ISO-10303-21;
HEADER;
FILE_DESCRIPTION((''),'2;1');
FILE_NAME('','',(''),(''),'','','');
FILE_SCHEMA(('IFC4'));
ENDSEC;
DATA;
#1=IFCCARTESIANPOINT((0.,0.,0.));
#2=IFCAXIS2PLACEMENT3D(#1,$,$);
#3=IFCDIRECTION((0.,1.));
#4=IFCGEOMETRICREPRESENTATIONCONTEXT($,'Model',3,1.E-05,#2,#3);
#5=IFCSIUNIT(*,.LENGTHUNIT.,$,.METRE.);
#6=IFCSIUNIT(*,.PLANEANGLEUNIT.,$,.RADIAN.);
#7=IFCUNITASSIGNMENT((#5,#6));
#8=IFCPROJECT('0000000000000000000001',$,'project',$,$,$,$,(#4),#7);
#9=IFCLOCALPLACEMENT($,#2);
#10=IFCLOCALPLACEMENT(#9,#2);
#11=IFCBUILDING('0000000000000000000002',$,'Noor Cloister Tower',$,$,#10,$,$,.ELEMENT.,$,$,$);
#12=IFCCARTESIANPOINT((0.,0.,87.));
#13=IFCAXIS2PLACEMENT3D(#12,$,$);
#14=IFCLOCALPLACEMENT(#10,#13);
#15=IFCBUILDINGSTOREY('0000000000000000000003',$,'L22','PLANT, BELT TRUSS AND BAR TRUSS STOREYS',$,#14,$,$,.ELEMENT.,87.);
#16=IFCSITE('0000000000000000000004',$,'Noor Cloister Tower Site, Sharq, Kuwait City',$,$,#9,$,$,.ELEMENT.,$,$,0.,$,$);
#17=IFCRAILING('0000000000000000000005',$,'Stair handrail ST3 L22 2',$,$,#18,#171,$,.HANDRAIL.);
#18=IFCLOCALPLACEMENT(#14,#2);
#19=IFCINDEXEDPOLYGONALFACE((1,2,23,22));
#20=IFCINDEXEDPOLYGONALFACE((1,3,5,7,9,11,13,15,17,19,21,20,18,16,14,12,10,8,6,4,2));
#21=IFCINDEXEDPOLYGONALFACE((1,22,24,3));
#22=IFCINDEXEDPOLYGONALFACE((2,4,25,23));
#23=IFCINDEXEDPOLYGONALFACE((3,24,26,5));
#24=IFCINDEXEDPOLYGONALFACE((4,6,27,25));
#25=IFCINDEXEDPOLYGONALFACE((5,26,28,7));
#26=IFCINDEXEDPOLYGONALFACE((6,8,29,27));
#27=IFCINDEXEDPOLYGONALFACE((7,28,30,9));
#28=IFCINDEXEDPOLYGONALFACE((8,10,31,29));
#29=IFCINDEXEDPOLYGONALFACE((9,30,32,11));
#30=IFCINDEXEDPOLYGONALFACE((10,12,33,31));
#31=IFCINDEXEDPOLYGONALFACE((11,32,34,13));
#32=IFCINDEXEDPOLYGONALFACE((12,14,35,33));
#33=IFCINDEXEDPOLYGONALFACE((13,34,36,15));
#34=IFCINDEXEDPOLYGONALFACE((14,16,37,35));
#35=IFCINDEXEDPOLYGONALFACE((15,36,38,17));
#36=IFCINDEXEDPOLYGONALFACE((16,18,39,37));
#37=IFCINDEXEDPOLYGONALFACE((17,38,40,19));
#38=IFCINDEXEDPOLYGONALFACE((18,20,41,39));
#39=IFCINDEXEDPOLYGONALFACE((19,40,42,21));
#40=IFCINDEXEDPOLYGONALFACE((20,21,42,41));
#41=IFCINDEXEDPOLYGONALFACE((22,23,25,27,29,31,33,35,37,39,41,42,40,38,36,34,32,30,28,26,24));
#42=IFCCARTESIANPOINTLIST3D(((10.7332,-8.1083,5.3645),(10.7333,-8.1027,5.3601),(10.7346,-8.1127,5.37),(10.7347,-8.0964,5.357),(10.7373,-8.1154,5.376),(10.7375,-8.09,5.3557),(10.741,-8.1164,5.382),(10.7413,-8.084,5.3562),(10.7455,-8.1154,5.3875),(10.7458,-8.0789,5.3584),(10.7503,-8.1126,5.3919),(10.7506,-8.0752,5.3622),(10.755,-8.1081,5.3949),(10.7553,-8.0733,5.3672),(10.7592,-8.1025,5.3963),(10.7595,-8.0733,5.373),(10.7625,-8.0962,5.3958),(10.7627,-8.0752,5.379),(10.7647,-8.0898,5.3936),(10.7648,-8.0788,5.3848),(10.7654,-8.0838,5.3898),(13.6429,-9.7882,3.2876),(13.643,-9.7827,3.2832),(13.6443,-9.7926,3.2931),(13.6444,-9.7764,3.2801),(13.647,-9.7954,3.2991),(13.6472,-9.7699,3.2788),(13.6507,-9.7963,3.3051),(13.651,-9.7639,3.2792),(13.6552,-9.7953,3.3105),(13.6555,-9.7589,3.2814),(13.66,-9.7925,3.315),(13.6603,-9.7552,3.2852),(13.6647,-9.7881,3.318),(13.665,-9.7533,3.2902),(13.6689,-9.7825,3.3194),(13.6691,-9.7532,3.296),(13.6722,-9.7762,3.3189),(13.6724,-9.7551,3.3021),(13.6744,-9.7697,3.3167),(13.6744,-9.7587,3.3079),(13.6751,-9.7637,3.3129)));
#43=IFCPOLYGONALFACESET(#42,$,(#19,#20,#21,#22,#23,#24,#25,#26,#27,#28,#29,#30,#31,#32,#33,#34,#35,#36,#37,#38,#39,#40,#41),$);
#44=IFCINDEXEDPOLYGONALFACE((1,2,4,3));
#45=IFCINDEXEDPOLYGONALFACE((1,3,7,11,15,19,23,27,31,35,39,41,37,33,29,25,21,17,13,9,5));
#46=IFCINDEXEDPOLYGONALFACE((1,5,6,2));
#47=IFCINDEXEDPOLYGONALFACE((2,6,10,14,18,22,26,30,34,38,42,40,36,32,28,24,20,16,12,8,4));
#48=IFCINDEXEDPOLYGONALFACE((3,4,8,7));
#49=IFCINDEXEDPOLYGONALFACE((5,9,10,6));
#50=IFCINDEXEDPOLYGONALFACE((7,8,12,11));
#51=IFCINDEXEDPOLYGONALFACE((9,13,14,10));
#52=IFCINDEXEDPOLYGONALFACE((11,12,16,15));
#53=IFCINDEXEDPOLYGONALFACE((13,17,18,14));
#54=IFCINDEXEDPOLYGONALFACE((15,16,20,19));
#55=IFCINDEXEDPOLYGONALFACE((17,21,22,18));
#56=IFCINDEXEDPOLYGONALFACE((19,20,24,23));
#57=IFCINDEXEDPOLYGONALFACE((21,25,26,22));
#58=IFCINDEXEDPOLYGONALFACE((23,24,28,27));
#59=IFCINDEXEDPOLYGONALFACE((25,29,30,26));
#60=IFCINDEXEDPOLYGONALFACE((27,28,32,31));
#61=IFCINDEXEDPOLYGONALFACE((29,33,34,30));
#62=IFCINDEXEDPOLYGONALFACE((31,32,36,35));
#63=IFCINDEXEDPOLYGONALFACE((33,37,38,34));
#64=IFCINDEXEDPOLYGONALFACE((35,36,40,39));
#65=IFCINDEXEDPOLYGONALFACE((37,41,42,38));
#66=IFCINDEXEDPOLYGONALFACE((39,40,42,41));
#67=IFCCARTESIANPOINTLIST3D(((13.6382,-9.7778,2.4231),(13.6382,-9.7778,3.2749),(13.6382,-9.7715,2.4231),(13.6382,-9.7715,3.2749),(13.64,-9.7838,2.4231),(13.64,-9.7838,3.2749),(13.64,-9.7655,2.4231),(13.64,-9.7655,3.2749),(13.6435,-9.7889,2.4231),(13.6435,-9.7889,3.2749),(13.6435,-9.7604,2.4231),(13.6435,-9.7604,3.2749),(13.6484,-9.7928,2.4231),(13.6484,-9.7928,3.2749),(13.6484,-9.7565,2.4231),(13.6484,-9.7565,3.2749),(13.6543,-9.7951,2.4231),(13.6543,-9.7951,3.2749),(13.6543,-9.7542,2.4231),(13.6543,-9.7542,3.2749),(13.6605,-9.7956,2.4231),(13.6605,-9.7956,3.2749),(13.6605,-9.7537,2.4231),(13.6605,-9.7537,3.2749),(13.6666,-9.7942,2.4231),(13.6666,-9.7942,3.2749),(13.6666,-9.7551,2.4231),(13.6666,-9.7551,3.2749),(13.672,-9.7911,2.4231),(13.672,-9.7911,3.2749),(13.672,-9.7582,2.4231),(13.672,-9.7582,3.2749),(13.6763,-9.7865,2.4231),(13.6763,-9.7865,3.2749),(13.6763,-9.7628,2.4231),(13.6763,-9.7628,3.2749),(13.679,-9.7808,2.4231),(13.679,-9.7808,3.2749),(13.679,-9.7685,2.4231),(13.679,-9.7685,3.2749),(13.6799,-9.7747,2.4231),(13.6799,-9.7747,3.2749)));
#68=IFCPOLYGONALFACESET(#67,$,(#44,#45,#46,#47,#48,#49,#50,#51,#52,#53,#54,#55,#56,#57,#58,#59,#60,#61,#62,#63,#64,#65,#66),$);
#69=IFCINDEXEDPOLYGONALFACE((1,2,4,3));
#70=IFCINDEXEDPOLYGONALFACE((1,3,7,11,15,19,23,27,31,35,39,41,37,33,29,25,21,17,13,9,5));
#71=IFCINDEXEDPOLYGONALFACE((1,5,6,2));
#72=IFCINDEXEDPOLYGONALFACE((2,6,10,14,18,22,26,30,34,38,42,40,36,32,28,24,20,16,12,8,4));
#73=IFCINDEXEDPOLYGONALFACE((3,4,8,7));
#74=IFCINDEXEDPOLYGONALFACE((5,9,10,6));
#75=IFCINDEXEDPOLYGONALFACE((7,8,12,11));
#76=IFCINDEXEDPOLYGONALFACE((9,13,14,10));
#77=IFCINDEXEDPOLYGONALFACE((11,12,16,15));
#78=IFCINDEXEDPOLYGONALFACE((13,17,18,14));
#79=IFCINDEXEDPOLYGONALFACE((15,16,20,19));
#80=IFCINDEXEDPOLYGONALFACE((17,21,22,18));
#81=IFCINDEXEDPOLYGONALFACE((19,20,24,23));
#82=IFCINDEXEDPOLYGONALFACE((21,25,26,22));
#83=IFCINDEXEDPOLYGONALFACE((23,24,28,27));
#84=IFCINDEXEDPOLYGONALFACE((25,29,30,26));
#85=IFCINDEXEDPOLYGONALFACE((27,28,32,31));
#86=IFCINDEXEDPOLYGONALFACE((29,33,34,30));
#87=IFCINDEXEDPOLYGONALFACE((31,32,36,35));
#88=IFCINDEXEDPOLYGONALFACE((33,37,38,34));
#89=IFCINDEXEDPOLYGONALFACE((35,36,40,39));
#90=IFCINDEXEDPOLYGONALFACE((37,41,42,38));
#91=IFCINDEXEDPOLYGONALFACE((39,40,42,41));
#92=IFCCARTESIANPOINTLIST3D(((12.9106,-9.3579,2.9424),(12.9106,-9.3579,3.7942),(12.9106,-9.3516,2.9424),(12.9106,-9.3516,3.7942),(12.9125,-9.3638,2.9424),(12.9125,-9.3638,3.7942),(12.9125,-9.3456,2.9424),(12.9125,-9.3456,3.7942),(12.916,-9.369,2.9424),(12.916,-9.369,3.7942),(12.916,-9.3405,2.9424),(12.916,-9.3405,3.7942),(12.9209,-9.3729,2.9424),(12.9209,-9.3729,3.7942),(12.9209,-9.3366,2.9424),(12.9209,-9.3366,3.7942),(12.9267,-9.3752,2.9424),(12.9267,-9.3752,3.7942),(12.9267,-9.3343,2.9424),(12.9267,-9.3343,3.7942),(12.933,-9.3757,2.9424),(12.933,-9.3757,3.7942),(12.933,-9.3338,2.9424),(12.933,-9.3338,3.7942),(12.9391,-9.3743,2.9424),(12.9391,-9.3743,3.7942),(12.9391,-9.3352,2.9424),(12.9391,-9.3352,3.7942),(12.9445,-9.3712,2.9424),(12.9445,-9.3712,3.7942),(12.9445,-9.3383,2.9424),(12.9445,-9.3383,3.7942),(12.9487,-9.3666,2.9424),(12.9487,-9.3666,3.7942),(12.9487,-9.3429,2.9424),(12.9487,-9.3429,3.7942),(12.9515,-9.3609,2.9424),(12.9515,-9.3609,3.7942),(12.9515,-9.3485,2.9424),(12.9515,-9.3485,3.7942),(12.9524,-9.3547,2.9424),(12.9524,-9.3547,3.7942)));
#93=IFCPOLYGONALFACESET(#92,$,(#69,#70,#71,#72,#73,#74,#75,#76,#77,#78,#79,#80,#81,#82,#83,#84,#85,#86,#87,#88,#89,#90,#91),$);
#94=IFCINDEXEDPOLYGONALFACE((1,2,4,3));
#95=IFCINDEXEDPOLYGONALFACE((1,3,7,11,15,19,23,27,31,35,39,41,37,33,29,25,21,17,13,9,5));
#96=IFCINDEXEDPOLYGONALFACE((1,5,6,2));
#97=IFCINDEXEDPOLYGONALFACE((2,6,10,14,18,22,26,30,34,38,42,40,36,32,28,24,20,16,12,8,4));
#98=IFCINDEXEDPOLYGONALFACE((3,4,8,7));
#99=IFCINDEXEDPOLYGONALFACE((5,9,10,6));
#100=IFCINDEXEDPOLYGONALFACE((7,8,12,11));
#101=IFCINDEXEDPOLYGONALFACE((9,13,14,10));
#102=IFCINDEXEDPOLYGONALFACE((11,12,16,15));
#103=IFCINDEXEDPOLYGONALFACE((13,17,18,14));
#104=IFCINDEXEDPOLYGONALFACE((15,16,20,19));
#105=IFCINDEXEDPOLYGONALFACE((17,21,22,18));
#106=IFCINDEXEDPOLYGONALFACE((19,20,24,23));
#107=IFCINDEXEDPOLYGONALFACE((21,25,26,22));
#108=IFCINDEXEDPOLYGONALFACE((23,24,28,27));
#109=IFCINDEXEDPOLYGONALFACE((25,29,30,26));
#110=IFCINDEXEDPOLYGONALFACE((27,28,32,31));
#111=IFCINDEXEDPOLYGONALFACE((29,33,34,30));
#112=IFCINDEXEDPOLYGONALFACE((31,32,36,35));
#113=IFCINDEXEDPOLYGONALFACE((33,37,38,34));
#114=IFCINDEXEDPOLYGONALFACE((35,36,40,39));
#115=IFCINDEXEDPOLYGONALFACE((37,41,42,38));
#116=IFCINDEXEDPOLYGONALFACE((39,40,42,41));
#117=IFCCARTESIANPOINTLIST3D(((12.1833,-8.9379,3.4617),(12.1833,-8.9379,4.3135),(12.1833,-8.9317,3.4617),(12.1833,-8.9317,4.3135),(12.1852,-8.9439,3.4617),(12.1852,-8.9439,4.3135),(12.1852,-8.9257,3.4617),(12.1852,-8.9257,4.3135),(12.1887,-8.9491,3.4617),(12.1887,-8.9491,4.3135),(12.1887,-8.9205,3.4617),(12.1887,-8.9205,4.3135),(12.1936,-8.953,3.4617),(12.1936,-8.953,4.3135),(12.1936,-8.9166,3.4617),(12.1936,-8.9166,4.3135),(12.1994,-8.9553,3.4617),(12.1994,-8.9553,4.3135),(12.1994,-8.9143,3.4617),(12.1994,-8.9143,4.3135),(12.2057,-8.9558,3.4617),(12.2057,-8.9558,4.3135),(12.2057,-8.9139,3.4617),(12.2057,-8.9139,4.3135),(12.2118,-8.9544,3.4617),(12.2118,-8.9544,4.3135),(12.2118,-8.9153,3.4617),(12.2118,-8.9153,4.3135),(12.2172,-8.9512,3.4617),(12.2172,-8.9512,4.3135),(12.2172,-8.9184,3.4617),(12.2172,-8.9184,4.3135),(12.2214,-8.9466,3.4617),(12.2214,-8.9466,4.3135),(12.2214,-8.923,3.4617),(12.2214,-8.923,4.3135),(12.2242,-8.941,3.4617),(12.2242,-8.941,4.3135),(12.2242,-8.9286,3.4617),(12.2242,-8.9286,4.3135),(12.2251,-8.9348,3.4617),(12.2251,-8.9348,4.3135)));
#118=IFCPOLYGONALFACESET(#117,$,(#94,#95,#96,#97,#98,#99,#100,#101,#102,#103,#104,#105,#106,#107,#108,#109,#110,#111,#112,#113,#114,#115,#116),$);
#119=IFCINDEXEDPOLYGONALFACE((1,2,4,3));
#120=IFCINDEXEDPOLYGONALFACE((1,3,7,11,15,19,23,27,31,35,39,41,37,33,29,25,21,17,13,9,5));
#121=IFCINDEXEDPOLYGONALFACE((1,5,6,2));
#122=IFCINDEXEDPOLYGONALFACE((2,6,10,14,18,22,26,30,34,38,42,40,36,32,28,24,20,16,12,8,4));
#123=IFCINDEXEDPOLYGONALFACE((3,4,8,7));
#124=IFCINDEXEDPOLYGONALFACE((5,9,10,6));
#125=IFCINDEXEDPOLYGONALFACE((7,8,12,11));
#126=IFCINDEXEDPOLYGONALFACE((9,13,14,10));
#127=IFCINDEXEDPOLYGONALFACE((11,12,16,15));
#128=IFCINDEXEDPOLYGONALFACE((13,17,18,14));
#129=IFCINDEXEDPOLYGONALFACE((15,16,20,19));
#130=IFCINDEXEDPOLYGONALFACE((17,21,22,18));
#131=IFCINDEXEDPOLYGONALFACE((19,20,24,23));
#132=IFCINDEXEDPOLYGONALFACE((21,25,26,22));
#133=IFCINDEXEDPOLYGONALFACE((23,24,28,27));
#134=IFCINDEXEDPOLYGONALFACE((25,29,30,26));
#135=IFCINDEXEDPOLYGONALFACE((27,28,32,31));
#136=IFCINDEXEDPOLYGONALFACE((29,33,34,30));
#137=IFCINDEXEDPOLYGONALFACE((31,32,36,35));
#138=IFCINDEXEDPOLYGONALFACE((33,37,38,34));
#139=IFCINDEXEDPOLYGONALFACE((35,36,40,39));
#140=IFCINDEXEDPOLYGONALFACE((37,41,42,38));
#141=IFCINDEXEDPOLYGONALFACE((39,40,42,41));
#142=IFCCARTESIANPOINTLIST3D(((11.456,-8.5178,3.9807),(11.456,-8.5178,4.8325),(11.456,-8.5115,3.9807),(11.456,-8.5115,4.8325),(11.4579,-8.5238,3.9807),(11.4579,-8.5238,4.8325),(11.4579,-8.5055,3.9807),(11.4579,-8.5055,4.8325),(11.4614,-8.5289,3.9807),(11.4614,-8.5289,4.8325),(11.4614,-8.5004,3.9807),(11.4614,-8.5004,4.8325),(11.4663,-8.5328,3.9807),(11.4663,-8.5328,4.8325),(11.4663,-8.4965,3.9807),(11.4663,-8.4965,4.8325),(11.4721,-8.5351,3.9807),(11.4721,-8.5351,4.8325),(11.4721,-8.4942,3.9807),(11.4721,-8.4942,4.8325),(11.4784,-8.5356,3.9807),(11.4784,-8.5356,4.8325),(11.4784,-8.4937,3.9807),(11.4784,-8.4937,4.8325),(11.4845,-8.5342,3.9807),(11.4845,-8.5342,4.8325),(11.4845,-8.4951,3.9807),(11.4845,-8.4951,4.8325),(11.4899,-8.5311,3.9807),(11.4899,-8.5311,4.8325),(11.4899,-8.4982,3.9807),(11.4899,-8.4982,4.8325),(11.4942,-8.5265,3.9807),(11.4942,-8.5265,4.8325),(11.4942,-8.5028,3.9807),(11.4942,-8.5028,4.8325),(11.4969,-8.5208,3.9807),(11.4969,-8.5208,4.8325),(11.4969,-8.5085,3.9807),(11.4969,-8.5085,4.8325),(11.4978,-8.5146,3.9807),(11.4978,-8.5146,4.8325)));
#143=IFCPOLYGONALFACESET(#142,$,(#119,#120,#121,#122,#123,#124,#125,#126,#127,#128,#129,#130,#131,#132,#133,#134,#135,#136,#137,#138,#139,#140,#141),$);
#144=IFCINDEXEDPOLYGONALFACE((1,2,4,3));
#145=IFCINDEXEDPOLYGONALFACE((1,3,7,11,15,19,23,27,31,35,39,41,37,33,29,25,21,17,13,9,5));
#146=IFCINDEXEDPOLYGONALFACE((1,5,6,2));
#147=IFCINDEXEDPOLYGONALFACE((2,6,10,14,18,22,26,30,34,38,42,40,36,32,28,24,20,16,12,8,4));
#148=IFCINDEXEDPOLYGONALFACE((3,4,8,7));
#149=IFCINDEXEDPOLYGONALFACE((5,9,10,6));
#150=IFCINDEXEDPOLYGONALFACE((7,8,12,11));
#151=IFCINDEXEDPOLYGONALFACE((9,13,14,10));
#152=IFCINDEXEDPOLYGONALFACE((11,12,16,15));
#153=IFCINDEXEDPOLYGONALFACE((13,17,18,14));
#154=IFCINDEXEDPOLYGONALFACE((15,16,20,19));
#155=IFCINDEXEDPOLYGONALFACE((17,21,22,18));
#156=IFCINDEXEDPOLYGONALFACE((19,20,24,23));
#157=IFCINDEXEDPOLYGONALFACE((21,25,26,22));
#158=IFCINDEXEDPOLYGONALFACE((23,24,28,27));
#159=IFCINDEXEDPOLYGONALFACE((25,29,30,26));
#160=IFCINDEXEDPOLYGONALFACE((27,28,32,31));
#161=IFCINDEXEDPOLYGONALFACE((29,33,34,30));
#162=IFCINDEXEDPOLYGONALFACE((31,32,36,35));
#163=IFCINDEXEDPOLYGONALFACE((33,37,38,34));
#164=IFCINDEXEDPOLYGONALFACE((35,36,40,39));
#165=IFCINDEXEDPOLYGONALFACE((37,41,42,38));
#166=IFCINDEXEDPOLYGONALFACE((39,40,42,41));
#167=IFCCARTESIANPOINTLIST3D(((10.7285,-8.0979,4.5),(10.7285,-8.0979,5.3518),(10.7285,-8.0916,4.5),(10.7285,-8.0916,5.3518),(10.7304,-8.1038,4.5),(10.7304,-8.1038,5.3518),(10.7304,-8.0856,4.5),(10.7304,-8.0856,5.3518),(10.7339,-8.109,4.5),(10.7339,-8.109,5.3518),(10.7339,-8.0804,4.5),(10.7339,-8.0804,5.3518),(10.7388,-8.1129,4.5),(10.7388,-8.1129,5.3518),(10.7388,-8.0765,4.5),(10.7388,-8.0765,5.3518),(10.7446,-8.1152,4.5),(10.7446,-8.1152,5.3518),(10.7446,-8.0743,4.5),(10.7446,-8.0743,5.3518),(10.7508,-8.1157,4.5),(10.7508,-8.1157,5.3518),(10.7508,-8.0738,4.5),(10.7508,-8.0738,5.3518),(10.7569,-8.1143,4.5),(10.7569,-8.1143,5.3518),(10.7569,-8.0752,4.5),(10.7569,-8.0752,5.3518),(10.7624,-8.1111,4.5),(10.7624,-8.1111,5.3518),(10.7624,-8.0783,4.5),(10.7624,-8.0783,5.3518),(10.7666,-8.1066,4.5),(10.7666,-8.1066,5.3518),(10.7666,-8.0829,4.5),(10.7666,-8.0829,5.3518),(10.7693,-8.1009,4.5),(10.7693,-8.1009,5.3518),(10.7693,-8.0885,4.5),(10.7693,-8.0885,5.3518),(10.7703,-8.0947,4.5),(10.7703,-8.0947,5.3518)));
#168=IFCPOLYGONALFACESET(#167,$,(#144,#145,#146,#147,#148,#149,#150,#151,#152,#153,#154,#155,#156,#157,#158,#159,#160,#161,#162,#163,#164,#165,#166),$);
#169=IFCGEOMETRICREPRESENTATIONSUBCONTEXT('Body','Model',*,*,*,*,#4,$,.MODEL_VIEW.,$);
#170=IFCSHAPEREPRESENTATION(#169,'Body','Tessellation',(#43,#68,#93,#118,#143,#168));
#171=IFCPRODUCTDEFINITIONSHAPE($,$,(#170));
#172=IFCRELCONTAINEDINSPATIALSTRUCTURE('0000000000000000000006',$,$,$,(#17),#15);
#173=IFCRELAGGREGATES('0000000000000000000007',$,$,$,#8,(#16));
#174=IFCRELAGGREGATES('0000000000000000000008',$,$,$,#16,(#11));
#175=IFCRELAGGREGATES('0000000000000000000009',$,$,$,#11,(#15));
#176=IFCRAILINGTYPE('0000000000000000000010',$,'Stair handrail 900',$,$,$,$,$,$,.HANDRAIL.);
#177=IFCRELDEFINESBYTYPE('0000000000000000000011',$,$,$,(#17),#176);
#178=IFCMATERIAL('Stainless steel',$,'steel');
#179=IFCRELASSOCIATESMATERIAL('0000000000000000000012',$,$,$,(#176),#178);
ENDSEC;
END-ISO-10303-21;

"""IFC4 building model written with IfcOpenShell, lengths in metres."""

from ifc_helpers import new_model, si_unit, direction, frame, origin, origin_2d, place, context, subcontext, project, spatial, circle, extrude, material, type_object, element, save


model = new_model("IFC4")

# Units and contexts
model_context = context("Model", 3, precision=1e-05, world=origin(), true_north=direction((0.0, 1.0)))
body_context = subcontext(model_context, "Body", "Model", "MODEL_VIEW")
ifc_project = project(units=[si_unit("LENGTHUNIT", "METRE"), si_unit("PLANEANGLEUNIT", "RADIAN")], contexts=[model_context])

# Site, building, storey
site_placement = place(None, origin())
site = spatial("IfcSite", under=ifc_project, at=site_placement, Name="Noor Cloister Tower Site, Sharq, Kuwait City", CompositionType="ELEMENT", RefElevation=0.0)
building_placement = place(site_placement, origin())
building = spatial("IfcBuilding", under=site, at=building_placement, Name="Noor Cloister Tower", CompositionType="ELEMENT")
storey_placement = place(building_placement, frame((0.0, 0.0, 87.0)))
storey = spatial("IfcBuildingStorey", under=building, at=storey_placement, Name="L22", Description="PLANT, BELT TRUSS AND BAR TRUSS STOREYS", CompositionType="ELEMENT", Elevation=87.0)

# Railing
ifc_material_1 = material(Name="Stainless steel", Category="steel")
railing_type = type_object("IfcRailingType", Name="Stair handrail 900", PredefinedType="HANDRAIL", material=ifc_material_1)
railing_placement = place(storey_placement, frame((13.6589, -9.7747, 2.4231)))
element("IfcRailing", 1, at=railing_placement, inside=storey, type_object=railing_type, Name="Stair handrail ST3 L22 2", PredefinedType="HANDRAIL", context=body_context, shape_type="SweptSolid", body=[
    extrude(circle(Radius=0.0239, at=origin_2d()), frame((0.0, 0.0, 0.876), z_axis=(-0.73664, 0.425308, 0.525809), x_axis=(-0.500008, -0.866021, 0.0)), (0.0, 0.0, 1.0), 3.95),
    extrude(circle(Radius=0.021, at=origin_2d()), origin(), (0.0, 0.0, 1.0), 0.8518),
    extrude(circle(Radius=0.021, at=origin_2d()), frame((-0.7275, 0.4199, 0.5193)), (0.0, 0.0, 1.0), 0.8518),
    extrude(circle(Radius=0.021, at=origin_2d()), frame((-1.4548, 0.8398, 1.0386)), (0.0, 0.0, 1.0), 0.8518),
    extrude(circle(Radius=0.021, at=origin_2d()), frame((-2.1821, 1.26, 1.5576)), (0.0, 0.0, 1.0), 0.8518),
    extrude(circle(Radius=0.021, at=origin_2d()), frame((-2.9097, 1.6799, 2.0769)), (0.0, 0.0, 1.0), 0.8518),
])

save(model, "model.ifc")
